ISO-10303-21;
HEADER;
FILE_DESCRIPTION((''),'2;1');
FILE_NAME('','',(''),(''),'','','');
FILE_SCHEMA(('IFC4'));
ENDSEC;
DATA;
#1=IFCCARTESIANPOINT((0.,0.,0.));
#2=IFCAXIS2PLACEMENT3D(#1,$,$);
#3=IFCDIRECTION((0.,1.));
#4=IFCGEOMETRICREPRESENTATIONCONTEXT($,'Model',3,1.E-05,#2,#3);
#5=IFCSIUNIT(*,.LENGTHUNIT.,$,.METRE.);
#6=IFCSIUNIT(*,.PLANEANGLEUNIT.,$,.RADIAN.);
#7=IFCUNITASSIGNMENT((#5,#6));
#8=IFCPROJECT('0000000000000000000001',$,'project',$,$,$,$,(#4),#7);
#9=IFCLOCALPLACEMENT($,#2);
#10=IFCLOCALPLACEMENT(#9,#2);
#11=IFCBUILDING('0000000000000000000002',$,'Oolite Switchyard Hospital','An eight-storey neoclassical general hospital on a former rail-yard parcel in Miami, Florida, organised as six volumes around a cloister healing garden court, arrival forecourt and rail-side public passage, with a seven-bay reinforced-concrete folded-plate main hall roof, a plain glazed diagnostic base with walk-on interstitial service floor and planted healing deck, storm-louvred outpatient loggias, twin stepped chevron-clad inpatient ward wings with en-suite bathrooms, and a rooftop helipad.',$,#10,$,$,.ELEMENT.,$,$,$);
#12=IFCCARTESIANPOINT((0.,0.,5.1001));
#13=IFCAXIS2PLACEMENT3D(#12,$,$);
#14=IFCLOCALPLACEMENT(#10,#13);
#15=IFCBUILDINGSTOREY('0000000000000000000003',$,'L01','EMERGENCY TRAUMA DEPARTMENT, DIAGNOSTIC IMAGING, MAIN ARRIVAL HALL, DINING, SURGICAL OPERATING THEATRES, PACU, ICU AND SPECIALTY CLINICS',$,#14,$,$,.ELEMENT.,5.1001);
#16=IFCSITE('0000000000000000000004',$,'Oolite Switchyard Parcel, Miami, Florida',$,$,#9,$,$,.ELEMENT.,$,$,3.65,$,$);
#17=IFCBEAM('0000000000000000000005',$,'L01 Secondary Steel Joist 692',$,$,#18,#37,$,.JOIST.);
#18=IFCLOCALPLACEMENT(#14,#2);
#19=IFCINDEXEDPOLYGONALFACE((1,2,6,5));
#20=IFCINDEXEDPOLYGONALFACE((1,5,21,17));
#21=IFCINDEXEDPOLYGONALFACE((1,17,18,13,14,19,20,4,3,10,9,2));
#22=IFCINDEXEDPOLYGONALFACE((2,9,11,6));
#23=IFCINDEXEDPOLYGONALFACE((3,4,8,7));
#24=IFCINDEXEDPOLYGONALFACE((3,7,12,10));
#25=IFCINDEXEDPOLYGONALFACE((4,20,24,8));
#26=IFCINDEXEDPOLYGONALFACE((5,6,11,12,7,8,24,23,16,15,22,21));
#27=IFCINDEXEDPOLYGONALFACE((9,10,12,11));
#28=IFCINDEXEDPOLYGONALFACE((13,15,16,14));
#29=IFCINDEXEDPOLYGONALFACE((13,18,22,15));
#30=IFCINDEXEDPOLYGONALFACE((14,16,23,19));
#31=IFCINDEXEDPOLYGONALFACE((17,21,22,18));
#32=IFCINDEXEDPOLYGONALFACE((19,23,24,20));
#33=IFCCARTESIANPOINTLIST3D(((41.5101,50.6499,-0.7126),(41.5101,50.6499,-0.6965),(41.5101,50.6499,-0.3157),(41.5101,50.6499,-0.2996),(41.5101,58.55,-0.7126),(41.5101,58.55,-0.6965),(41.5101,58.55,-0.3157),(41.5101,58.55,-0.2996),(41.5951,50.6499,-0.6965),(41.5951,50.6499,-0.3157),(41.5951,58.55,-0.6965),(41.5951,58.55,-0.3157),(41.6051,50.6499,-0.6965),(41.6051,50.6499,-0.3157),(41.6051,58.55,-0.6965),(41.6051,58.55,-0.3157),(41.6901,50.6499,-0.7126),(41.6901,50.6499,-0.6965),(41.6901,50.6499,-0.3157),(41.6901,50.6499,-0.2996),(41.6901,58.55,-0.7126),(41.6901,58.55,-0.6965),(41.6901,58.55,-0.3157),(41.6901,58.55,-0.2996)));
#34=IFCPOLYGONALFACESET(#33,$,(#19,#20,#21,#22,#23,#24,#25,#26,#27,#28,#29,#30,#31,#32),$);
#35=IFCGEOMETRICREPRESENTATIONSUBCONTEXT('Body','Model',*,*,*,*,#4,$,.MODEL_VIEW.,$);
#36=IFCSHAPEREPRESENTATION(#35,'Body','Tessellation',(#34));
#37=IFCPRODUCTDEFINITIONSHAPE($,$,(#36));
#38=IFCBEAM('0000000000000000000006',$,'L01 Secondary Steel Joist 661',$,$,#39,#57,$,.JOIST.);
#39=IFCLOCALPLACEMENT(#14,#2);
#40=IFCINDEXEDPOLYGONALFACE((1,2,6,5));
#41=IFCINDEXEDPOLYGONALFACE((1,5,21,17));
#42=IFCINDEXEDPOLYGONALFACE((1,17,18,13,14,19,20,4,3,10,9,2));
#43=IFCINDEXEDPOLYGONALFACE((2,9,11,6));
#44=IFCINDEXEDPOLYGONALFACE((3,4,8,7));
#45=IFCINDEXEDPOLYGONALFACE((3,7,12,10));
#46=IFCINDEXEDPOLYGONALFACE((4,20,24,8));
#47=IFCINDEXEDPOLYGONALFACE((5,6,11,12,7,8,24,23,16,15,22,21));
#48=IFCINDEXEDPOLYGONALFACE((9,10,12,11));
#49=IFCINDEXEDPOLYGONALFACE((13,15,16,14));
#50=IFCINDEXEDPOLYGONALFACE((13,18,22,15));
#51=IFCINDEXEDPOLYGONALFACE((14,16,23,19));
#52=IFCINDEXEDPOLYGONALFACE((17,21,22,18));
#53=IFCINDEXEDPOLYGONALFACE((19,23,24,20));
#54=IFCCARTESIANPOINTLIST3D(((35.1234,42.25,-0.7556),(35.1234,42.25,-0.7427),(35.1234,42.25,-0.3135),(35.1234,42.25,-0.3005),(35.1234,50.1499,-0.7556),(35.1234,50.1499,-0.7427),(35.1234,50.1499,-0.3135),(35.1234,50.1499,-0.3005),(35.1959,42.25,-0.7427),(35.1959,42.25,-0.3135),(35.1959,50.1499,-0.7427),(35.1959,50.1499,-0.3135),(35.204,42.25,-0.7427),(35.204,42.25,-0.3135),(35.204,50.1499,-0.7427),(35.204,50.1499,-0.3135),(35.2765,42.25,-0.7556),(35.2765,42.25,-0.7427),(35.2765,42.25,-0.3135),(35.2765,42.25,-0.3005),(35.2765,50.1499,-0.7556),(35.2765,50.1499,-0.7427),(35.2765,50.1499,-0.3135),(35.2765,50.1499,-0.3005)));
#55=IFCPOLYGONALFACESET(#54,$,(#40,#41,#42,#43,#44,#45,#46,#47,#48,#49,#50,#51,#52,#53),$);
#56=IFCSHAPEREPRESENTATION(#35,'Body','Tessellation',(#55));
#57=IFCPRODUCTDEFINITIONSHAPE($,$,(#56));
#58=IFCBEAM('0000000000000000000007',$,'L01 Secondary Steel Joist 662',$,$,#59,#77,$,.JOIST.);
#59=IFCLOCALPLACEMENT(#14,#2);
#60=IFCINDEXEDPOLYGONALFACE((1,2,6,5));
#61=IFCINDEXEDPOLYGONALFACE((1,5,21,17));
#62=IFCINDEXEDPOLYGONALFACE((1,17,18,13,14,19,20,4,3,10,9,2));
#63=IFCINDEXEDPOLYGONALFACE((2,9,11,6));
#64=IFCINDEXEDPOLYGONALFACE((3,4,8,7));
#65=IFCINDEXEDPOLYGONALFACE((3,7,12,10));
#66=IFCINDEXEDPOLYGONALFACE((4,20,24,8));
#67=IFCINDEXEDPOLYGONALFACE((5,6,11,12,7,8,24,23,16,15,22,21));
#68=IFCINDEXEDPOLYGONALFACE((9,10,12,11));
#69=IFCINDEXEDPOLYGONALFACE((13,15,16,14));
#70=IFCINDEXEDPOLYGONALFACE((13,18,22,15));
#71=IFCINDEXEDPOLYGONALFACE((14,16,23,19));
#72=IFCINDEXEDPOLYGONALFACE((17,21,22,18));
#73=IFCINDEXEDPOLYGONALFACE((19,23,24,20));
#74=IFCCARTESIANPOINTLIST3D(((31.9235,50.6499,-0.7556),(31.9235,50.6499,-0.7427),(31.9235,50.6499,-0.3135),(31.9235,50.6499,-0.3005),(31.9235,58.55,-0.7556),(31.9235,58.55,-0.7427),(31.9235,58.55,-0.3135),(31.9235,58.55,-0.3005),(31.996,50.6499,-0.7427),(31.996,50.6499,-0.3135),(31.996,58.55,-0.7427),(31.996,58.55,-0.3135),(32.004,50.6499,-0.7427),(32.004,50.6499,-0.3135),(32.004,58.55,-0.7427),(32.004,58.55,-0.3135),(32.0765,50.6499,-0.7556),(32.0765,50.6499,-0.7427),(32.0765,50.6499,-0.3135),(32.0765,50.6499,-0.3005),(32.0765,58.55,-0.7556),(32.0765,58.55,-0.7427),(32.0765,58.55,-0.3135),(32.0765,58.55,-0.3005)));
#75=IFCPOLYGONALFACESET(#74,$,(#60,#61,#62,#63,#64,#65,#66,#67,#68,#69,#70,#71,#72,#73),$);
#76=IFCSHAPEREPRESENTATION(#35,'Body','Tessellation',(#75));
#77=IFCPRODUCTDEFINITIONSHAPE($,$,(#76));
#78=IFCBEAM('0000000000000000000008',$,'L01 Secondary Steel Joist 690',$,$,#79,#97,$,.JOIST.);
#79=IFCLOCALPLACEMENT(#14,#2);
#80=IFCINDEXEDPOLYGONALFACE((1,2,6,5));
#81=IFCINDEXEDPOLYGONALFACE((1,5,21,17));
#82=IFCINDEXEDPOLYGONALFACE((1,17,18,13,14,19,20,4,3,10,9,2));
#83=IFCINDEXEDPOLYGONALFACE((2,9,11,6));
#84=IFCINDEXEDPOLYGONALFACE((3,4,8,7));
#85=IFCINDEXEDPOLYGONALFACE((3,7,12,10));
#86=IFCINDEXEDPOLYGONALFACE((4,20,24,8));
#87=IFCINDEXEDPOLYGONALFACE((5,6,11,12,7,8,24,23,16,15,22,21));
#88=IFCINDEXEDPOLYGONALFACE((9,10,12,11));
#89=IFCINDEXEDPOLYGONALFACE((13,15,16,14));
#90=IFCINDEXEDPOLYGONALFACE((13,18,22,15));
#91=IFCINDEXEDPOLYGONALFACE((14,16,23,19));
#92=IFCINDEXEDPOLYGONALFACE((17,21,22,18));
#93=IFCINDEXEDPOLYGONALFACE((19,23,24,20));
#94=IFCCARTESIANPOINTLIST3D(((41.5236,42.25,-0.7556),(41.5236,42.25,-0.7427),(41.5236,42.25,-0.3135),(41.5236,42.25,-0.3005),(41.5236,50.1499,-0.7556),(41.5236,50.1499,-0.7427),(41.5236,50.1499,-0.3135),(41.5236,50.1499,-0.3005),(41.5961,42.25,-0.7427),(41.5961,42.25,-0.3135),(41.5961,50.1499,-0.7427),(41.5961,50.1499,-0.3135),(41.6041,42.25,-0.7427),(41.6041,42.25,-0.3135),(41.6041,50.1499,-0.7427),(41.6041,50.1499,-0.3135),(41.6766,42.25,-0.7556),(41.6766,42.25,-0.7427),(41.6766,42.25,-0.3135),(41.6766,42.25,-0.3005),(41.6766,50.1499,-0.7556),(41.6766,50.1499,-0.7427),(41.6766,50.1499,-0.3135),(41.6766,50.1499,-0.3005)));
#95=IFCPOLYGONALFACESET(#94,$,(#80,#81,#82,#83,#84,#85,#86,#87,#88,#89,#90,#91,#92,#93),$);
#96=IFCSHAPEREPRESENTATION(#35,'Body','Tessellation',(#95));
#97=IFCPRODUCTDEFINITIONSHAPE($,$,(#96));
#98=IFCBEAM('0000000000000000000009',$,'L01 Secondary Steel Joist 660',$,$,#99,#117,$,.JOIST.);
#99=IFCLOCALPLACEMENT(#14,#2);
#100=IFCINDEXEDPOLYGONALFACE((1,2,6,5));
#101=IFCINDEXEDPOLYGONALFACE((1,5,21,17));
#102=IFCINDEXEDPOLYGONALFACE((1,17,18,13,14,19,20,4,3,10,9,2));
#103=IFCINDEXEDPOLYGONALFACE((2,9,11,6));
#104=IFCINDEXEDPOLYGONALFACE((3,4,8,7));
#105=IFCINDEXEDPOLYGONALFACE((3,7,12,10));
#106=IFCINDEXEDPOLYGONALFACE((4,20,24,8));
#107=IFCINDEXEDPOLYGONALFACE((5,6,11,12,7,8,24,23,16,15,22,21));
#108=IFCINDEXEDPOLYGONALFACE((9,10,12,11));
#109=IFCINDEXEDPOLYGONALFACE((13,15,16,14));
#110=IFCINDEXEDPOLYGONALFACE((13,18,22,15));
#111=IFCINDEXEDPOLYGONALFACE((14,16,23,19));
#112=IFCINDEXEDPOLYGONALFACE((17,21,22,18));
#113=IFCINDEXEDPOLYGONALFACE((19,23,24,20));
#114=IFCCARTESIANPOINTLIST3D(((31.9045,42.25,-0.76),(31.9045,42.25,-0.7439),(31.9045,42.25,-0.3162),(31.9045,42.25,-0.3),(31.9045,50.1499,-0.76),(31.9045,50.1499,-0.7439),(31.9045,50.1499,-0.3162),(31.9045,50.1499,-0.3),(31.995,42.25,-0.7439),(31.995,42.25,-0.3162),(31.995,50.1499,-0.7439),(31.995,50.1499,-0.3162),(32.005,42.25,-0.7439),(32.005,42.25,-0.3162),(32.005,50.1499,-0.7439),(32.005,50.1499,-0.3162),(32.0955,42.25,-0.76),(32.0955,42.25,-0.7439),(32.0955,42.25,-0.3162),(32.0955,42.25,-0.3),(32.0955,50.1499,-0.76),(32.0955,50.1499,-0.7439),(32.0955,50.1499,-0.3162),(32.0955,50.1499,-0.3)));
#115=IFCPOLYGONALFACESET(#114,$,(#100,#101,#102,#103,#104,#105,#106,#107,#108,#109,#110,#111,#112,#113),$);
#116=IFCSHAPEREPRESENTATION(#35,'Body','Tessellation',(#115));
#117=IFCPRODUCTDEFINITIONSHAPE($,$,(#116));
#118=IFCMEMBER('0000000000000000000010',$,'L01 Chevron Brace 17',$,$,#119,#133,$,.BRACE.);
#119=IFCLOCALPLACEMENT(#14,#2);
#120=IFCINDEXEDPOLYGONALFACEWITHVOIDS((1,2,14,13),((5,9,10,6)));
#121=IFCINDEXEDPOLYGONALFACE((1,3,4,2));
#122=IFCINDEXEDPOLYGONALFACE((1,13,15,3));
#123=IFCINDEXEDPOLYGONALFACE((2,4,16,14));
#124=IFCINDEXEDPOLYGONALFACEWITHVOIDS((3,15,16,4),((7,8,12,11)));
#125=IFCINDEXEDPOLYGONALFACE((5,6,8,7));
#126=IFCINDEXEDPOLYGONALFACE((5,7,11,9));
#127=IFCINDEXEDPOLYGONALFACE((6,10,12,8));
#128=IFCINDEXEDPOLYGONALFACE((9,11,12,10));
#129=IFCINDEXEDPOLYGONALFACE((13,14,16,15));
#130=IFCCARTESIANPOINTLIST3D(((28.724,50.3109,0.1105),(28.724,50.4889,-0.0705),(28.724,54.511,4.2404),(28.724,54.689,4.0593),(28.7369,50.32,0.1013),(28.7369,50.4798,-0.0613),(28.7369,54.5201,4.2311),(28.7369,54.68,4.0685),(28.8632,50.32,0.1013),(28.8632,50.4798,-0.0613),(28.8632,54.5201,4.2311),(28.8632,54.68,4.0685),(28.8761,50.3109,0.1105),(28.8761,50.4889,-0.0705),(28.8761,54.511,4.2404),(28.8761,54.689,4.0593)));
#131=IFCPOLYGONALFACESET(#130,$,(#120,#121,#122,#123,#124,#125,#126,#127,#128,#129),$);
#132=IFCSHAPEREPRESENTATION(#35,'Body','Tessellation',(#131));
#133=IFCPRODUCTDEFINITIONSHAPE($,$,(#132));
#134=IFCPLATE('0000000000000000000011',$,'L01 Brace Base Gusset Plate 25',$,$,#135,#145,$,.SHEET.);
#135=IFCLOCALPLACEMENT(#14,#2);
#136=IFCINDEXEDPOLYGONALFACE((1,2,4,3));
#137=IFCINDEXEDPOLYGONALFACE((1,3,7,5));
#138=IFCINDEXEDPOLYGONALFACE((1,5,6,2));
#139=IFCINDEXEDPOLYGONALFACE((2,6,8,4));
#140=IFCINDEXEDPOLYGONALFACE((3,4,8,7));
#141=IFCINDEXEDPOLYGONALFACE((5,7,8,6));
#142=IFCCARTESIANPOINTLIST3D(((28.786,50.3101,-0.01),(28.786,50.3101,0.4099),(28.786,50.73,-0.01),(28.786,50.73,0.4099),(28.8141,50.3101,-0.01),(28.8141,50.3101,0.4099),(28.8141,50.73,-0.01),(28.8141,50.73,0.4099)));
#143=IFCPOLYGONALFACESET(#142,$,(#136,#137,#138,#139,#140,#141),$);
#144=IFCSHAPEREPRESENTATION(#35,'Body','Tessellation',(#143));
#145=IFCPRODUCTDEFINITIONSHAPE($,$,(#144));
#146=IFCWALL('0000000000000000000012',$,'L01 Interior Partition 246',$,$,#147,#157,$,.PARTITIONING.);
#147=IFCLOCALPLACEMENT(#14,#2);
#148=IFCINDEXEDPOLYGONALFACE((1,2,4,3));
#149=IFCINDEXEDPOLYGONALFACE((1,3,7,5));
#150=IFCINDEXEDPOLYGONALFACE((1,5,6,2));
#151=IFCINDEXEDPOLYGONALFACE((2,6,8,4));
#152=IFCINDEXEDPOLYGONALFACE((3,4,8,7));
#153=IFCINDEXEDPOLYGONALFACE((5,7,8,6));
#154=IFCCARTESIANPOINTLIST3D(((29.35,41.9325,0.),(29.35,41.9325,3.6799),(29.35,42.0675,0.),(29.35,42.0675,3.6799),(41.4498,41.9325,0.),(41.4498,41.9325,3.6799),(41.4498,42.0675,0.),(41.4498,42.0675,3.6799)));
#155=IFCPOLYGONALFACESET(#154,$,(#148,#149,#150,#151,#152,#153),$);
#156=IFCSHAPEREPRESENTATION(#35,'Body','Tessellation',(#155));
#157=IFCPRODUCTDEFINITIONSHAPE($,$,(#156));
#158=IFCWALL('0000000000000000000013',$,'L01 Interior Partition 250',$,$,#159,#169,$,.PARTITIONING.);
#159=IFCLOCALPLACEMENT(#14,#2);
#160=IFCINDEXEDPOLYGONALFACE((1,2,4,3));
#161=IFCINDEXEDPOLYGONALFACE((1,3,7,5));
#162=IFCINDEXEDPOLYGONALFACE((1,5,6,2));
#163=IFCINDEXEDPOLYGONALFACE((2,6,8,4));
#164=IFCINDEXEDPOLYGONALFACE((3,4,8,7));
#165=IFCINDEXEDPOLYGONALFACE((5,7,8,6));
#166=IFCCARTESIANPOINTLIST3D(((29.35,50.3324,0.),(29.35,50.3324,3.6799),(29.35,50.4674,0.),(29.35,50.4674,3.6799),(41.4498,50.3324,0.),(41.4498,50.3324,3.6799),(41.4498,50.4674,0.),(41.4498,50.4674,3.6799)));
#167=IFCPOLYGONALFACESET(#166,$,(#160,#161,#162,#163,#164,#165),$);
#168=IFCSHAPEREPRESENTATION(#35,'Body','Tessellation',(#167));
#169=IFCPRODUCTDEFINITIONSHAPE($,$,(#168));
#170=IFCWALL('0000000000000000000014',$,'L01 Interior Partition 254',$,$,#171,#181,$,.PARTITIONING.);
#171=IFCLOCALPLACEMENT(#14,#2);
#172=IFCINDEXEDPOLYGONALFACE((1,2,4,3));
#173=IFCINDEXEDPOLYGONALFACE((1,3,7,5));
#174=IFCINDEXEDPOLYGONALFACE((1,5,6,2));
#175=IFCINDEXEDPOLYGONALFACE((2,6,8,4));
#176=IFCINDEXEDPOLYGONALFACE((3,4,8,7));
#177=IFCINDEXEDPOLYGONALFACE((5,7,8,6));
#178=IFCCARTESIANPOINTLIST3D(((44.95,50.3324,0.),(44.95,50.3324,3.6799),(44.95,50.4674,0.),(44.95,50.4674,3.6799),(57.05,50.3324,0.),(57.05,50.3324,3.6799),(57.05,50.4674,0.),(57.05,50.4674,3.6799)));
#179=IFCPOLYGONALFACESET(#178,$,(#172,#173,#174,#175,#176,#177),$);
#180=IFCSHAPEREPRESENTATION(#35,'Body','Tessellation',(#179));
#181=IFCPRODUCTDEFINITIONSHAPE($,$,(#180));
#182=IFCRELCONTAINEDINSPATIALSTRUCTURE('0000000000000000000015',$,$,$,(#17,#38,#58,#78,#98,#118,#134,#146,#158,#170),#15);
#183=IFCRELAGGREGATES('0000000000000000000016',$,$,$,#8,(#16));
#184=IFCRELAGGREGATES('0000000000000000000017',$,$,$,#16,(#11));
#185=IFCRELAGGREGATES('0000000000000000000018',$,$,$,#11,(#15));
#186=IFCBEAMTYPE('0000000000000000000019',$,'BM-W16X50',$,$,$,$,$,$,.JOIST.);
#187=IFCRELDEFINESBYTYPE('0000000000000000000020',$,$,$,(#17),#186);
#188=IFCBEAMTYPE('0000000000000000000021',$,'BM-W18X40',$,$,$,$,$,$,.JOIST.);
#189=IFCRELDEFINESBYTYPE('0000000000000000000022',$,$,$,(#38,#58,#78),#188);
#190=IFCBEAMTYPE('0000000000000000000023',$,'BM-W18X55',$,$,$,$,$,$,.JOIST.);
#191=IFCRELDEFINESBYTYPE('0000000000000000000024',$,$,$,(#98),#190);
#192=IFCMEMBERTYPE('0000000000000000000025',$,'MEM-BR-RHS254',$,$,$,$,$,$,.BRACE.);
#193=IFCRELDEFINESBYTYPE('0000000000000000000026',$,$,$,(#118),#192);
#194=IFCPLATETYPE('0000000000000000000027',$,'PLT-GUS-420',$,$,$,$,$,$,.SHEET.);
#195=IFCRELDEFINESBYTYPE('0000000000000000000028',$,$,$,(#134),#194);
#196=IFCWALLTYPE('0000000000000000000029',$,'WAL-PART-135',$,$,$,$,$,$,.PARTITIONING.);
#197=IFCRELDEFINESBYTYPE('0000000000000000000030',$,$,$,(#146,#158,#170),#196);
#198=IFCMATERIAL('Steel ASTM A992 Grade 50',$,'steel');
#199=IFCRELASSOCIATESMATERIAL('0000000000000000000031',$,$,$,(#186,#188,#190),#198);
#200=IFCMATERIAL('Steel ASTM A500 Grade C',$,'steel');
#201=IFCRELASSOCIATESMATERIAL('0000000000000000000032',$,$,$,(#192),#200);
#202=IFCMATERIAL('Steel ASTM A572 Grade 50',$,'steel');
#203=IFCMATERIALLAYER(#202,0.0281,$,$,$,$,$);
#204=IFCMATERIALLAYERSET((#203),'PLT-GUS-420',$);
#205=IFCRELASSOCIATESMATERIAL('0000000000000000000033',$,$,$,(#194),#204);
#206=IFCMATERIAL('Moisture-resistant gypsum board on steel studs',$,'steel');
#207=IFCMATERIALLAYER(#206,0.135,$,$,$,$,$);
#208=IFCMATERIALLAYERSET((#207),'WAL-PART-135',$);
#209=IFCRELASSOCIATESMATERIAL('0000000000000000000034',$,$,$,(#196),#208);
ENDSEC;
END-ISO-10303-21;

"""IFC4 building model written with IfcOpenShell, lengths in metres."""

from ifc_helpers import new_model, si_unit, direction, frame, frame_2d, origin, origin_2d, place, context, subcontext, project, spatial, rectangle, hollow_rectangle, i_section, extrude, material, layer, layer_set, material_profile, profile_set, type_object, element, save


model = new_model("IFC4")

# Units and contexts
model_context = context("Model", 3, precision=1e-05, world=origin(), true_north=direction((0.0, 1.0)))
body_context = subcontext(model_context, "Body", "Model", "MODEL_VIEW")
ifc_project = project(units=[si_unit("LENGTHUNIT", "METRE"), si_unit("PLANEANGLEUNIT", "RADIAN")], contexts=[model_context])

# Site, building, storey
site_placement = place(None, origin())
site = spatial("IfcSite", under=ifc_project, at=site_placement, Name="Oolite Switchyard Parcel, Miami, Florida", CompositionType="ELEMENT", RefElevation=3.65)
building_placement = place(site_placement, origin())
building = spatial("IfcBuilding", under=site, at=building_placement, Name="Oolite Switchyard Hospital", Description="An eight-storey neoclassical general hospital on a former rail-yard parcel in Miami, Florida, organised as six volumes around a cloister healing garden court, arrival forecourt and rail-side public passage, with a seven-bay reinforced-concrete folded-plate main hall roof, a plain glazed diagnostic base with walk-on interstitial service floor and planted healing deck, storm-louvred outpatient loggias, twin stepped chevron-clad inpatient ward wings with en-suite bathrooms, and a rooftop helipad.", CompositionType="ELEMENT")
storey_placement = place(building_placement, frame((0.0, 0.0, 5.1001)))
storey = spatial("IfcBuildingStorey", under=building, at=storey_placement, Name="L01", Description="EMERGENCY TRAUMA DEPARTMENT, DIAGNOSTIC IMAGING, MAIN ARRIVAL HALL, DINING, SURGICAL OPERATING THEATRES, PACU, ICU AND SPECIALTY CLINICS", CompositionType="ELEMENT", Elevation=5.1001)

# Beams
ifc_material_1 = material(Name="Steel ASTM A992 Grade 50", Category="steel")
ifc_material_profile_1 = material_profile(ifc_material_1, i_section(OverallWidth=0.1799, OverallDepth=0.4131, WebThickness=0.01, FlangeThickness=0.0161, at=origin_2d()), Name="W16X50")
ifc_profile_set_1 = profile_set([ifc_material_profile_1], Name="Steel ASTM A992 Grade 50")
beam_type_1 = type_object("IfcBeamType", Name="BM-W16X50", PredefinedType="JOIST", material=ifc_profile_set_1)
beam_1_placement = place(storey_placement, frame((41.6001, 50.6499, -0.5061), z_axis=(0.0, 1.0, 0.0), x_axis=(-1.0, 0.0, 0.0)))
element("IfcBeam", 1, at=beam_1_placement, inside=storey, type_object=beam_type_1, Name="L01 Secondary Steel Joist 692", PredefinedType="JOIST", context=body_context, shape_type="SweptSolid", body=[
    extrude(i_section(OverallWidth=0.1799, OverallDepth=0.4131, WebThickness=0.01, FlangeThickness=0.0161, at=origin_2d()), origin(), (0.0, 0.0, 1.0), 7.9001),
])
ifc_material_profile_2 = material_profile(ifc_material_1, i_section(OverallWidth=0.1531, OverallDepth=0.4551, WebThickness=0.0081, FlangeThickness=0.0129, at=origin_2d()), Name="W18X40")
ifc_profile_set_2 = profile_set([ifc_material_profile_2], Name="Steel ASTM A992 Grade 50")
beam_type_2 = type_object("IfcBeamType", Name="BM-W18X40", PredefinedType="JOIST", material=ifc_profile_set_2)
beam_2_placement = place(storey_placement, frame((35.2, 42.25, -0.5281), z_axis=(0.0, 1.0, 0.0), x_axis=(-1.0, 0.0, 0.0)))
element("IfcBeam", 2, at=beam_2_placement, inside=storey, type_object=beam_type_2, Name="L01 Secondary Steel Joist 661", PredefinedType="JOIST", context=body_context, shape_type="SweptSolid", body=[
    extrude(i_section(OverallWidth=0.1531, OverallDepth=0.4551, WebThickness=0.0081, FlangeThickness=0.0129, at=origin_2d()), origin(), (0.0, 0.0, 1.0), 7.8999),
])
beam_3_placement = place(storey_placement, frame((32.0, 50.6499, -0.5281), z_axis=(0.0, 1.0, 0.0), x_axis=(-1.0, 0.0, 0.0)))
element("IfcBeam", 3, at=beam_3_placement, inside=storey, type_object=beam_type_2, Name="L01 Secondary Steel Joist 662", PredefinedType="JOIST", context=body_context, shape_type="SweptSolid", body=[
    extrude(i_section(OverallWidth=0.1531, OverallDepth=0.4551, WebThickness=0.0081, FlangeThickness=0.0129, at=origin_2d()), origin(), (0.0, 0.0, 1.0), 7.9001),
])
beam_4_placement = place(storey_placement, frame((41.6001, 42.25, -0.5281), z_axis=(0.0, 1.0, 0.0), x_axis=(-1.0, 0.0, 0.0)))
element("IfcBeam", 4, at=beam_4_placement, inside=storey, type_object=beam_type_2, Name="L01 Secondary Steel Joist 690", PredefinedType="JOIST", context=body_context, shape_type="SweptSolid", body=[
    extrude(i_section(OverallWidth=0.1531, OverallDepth=0.4551, WebThickness=0.0081, FlangeThickness=0.0129, at=origin_2d()), origin(), (0.0, 0.0, 1.0), 7.8999),
])
ifc_material_profile_3 = material_profile(ifc_material_1, i_section(OverallWidth=0.1909, OverallDepth=0.46, WebThickness=0.01, FlangeThickness=0.0161, at=origin_2d()), Name="W18X55")
ifc_profile_set_3 = profile_set([ifc_material_profile_3], Name="Steel ASTM A992 Grade 50")
beam_type_3 = type_object("IfcBeamType", Name="BM-W18X55", PredefinedType="JOIST", material=ifc_profile_set_3)
beam_5_placement = place(storey_placement, frame((32.0, 42.25, -0.53), z_axis=(0.0, 1.0, 0.0), x_axis=(-1.0, 0.0, 0.0)))
element("IfcBeam", 5, at=beam_5_placement, inside=storey, type_object=beam_type_3, Name="L01 Secondary Steel Joist 660", PredefinedType="JOIST", context=body_context, shape_type="SweptSolid", body=[
    extrude(i_section(OverallWidth=0.1909, OverallDepth=0.46, WebThickness=0.01, FlangeThickness=0.0161, at=origin_2d()), origin(), (0.0, 0.0, 1.0), 7.8999),
])

# Member
ifc_material_2 = material(Name="Steel ASTM A500 Grade C", Category="steel")
ifc_material_profile_4 = material_profile(ifc_material_2, hollow_rectangle(XDim=0.1521, YDim=0.2539, WallThickness=0.0129, at=origin_2d()), Name="HSS254X152X13")
ifc_profile_set_4 = profile_set([ifc_material_profile_4], Name="Steel ASTM A500 Grade C")
member_type = type_object("IfcMemberType", Name="MEM-BR-RHS254", PredefinedType="BRACE", material=ifc_profile_set_4)
member_placement = place(storey_placement, frame((28.8, 50.3999, 0.02), z_axis=(0.0, 0.71305, 0.701113), x_axis=(-1.0, 0.0, 0.0)))
element("IfcMember", 6, at=member_placement, inside=storey, type_object=member_type, Name="L01 Chevron Brace 17", PredefinedType="BRACE", context=body_context, shape_type="SweptSolid", body=[
    extrude(hollow_rectangle(XDim=0.1521, YDim=0.2539, WallThickness=0.0129, at=origin_2d()), origin(), (0.0, 0.0, 1.0), 5.8904),
])

# Plate
ifc_material_3 = material(Name="Steel ASTM A572 Grade 50", Category="steel")
ifc_layer_1 = layer(ifc_material_3, 0.0281)
ifc_layer_set_1 = layer_set([ifc_layer_1], Name="PLT-GUS-420")
plate_type = type_object("IfcPlateType", Name="PLT-GUS-420", PredefinedType="SHEET", material=ifc_layer_set_1)
plate_placement = place(storey_placement, frame((28.8, 50.52, -0.01), z_axis=(0.0, 0.0, 1.0), x_axis=(0.0, 1.0, 0.0)))
element("IfcPlate", 7, at=plate_placement, inside=storey, type_object=plate_type, Name="L01 Brace Base Gusset Plate 25", PredefinedType="SHEET", context=body_context, shape_type="SweptSolid", body=[
    extrude(rectangle(XDim=0.4199, YDim=0.0281, at=origin_2d()), origin(), (0.0, 0.0, 1.0), 0.4199),
])

# Walls
ifc_material_4 = material(Name="Moisture-resistant gypsum board on steel studs", Category="steel")
ifc_layer_2 = layer(ifc_material_4, 0.135)
ifc_layer_set_2 = layer_set([ifc_layer_2], Name="WAL-PART-135")
wall_type_1 = type_object("IfcWallType", Name="WAL-PART-135", PredefinedType="PARTITIONING", material=ifc_layer_set_2)
for number, where, z_axis, x_axis, name in (
    (8, (29.3501, 42.0, 0.0), (0.0, 0.0, 1.0), (1.0, 0.0, 0.0), "L01 Interior Partition 246"),
    (9, (29.3501, 50.3999, 0.0), (0.0, 0.0, 1.0), (1.0, 0.0, 0.0), "L01 Interior Partition 250"),
):
    element("IfcWall", number, at=place(storey_placement, frame(where, z_axis=z_axis, x_axis=x_axis)), inside=storey, type_object=wall_type_1, Name=name, PredefinedType="PARTITIONING", context=body_context, shape_type="SweptSolid", body=[
        extrude(rectangle(XDim=12.0999, YDim=0.135, at=frame_2d((6.0498, 0.0))), origin(), (0.0, 0.0, 1.0), 3.6799),
    ])
wall_1_placement = place(storey_placement, frame((44.95, 50.3999, 0.0), z_axis=(0.0, 0.0, 1.0), x_axis=(1.0, 0.0, 0.0)))
element("IfcWall", 10, at=wall_1_placement, inside=storey, type_object=wall_type_1, Name="L01 Interior Partition 254", PredefinedType="PARTITIONING", context=body_context, shape_type="SweptSolid", body=[
    extrude(rectangle(XDim=12.1001, YDim=0.135, at=frame_2d((6.05, 0.0))), origin(), (0.0, 0.0, 1.0), 3.6799),
])

save(model, "model.ifc")
